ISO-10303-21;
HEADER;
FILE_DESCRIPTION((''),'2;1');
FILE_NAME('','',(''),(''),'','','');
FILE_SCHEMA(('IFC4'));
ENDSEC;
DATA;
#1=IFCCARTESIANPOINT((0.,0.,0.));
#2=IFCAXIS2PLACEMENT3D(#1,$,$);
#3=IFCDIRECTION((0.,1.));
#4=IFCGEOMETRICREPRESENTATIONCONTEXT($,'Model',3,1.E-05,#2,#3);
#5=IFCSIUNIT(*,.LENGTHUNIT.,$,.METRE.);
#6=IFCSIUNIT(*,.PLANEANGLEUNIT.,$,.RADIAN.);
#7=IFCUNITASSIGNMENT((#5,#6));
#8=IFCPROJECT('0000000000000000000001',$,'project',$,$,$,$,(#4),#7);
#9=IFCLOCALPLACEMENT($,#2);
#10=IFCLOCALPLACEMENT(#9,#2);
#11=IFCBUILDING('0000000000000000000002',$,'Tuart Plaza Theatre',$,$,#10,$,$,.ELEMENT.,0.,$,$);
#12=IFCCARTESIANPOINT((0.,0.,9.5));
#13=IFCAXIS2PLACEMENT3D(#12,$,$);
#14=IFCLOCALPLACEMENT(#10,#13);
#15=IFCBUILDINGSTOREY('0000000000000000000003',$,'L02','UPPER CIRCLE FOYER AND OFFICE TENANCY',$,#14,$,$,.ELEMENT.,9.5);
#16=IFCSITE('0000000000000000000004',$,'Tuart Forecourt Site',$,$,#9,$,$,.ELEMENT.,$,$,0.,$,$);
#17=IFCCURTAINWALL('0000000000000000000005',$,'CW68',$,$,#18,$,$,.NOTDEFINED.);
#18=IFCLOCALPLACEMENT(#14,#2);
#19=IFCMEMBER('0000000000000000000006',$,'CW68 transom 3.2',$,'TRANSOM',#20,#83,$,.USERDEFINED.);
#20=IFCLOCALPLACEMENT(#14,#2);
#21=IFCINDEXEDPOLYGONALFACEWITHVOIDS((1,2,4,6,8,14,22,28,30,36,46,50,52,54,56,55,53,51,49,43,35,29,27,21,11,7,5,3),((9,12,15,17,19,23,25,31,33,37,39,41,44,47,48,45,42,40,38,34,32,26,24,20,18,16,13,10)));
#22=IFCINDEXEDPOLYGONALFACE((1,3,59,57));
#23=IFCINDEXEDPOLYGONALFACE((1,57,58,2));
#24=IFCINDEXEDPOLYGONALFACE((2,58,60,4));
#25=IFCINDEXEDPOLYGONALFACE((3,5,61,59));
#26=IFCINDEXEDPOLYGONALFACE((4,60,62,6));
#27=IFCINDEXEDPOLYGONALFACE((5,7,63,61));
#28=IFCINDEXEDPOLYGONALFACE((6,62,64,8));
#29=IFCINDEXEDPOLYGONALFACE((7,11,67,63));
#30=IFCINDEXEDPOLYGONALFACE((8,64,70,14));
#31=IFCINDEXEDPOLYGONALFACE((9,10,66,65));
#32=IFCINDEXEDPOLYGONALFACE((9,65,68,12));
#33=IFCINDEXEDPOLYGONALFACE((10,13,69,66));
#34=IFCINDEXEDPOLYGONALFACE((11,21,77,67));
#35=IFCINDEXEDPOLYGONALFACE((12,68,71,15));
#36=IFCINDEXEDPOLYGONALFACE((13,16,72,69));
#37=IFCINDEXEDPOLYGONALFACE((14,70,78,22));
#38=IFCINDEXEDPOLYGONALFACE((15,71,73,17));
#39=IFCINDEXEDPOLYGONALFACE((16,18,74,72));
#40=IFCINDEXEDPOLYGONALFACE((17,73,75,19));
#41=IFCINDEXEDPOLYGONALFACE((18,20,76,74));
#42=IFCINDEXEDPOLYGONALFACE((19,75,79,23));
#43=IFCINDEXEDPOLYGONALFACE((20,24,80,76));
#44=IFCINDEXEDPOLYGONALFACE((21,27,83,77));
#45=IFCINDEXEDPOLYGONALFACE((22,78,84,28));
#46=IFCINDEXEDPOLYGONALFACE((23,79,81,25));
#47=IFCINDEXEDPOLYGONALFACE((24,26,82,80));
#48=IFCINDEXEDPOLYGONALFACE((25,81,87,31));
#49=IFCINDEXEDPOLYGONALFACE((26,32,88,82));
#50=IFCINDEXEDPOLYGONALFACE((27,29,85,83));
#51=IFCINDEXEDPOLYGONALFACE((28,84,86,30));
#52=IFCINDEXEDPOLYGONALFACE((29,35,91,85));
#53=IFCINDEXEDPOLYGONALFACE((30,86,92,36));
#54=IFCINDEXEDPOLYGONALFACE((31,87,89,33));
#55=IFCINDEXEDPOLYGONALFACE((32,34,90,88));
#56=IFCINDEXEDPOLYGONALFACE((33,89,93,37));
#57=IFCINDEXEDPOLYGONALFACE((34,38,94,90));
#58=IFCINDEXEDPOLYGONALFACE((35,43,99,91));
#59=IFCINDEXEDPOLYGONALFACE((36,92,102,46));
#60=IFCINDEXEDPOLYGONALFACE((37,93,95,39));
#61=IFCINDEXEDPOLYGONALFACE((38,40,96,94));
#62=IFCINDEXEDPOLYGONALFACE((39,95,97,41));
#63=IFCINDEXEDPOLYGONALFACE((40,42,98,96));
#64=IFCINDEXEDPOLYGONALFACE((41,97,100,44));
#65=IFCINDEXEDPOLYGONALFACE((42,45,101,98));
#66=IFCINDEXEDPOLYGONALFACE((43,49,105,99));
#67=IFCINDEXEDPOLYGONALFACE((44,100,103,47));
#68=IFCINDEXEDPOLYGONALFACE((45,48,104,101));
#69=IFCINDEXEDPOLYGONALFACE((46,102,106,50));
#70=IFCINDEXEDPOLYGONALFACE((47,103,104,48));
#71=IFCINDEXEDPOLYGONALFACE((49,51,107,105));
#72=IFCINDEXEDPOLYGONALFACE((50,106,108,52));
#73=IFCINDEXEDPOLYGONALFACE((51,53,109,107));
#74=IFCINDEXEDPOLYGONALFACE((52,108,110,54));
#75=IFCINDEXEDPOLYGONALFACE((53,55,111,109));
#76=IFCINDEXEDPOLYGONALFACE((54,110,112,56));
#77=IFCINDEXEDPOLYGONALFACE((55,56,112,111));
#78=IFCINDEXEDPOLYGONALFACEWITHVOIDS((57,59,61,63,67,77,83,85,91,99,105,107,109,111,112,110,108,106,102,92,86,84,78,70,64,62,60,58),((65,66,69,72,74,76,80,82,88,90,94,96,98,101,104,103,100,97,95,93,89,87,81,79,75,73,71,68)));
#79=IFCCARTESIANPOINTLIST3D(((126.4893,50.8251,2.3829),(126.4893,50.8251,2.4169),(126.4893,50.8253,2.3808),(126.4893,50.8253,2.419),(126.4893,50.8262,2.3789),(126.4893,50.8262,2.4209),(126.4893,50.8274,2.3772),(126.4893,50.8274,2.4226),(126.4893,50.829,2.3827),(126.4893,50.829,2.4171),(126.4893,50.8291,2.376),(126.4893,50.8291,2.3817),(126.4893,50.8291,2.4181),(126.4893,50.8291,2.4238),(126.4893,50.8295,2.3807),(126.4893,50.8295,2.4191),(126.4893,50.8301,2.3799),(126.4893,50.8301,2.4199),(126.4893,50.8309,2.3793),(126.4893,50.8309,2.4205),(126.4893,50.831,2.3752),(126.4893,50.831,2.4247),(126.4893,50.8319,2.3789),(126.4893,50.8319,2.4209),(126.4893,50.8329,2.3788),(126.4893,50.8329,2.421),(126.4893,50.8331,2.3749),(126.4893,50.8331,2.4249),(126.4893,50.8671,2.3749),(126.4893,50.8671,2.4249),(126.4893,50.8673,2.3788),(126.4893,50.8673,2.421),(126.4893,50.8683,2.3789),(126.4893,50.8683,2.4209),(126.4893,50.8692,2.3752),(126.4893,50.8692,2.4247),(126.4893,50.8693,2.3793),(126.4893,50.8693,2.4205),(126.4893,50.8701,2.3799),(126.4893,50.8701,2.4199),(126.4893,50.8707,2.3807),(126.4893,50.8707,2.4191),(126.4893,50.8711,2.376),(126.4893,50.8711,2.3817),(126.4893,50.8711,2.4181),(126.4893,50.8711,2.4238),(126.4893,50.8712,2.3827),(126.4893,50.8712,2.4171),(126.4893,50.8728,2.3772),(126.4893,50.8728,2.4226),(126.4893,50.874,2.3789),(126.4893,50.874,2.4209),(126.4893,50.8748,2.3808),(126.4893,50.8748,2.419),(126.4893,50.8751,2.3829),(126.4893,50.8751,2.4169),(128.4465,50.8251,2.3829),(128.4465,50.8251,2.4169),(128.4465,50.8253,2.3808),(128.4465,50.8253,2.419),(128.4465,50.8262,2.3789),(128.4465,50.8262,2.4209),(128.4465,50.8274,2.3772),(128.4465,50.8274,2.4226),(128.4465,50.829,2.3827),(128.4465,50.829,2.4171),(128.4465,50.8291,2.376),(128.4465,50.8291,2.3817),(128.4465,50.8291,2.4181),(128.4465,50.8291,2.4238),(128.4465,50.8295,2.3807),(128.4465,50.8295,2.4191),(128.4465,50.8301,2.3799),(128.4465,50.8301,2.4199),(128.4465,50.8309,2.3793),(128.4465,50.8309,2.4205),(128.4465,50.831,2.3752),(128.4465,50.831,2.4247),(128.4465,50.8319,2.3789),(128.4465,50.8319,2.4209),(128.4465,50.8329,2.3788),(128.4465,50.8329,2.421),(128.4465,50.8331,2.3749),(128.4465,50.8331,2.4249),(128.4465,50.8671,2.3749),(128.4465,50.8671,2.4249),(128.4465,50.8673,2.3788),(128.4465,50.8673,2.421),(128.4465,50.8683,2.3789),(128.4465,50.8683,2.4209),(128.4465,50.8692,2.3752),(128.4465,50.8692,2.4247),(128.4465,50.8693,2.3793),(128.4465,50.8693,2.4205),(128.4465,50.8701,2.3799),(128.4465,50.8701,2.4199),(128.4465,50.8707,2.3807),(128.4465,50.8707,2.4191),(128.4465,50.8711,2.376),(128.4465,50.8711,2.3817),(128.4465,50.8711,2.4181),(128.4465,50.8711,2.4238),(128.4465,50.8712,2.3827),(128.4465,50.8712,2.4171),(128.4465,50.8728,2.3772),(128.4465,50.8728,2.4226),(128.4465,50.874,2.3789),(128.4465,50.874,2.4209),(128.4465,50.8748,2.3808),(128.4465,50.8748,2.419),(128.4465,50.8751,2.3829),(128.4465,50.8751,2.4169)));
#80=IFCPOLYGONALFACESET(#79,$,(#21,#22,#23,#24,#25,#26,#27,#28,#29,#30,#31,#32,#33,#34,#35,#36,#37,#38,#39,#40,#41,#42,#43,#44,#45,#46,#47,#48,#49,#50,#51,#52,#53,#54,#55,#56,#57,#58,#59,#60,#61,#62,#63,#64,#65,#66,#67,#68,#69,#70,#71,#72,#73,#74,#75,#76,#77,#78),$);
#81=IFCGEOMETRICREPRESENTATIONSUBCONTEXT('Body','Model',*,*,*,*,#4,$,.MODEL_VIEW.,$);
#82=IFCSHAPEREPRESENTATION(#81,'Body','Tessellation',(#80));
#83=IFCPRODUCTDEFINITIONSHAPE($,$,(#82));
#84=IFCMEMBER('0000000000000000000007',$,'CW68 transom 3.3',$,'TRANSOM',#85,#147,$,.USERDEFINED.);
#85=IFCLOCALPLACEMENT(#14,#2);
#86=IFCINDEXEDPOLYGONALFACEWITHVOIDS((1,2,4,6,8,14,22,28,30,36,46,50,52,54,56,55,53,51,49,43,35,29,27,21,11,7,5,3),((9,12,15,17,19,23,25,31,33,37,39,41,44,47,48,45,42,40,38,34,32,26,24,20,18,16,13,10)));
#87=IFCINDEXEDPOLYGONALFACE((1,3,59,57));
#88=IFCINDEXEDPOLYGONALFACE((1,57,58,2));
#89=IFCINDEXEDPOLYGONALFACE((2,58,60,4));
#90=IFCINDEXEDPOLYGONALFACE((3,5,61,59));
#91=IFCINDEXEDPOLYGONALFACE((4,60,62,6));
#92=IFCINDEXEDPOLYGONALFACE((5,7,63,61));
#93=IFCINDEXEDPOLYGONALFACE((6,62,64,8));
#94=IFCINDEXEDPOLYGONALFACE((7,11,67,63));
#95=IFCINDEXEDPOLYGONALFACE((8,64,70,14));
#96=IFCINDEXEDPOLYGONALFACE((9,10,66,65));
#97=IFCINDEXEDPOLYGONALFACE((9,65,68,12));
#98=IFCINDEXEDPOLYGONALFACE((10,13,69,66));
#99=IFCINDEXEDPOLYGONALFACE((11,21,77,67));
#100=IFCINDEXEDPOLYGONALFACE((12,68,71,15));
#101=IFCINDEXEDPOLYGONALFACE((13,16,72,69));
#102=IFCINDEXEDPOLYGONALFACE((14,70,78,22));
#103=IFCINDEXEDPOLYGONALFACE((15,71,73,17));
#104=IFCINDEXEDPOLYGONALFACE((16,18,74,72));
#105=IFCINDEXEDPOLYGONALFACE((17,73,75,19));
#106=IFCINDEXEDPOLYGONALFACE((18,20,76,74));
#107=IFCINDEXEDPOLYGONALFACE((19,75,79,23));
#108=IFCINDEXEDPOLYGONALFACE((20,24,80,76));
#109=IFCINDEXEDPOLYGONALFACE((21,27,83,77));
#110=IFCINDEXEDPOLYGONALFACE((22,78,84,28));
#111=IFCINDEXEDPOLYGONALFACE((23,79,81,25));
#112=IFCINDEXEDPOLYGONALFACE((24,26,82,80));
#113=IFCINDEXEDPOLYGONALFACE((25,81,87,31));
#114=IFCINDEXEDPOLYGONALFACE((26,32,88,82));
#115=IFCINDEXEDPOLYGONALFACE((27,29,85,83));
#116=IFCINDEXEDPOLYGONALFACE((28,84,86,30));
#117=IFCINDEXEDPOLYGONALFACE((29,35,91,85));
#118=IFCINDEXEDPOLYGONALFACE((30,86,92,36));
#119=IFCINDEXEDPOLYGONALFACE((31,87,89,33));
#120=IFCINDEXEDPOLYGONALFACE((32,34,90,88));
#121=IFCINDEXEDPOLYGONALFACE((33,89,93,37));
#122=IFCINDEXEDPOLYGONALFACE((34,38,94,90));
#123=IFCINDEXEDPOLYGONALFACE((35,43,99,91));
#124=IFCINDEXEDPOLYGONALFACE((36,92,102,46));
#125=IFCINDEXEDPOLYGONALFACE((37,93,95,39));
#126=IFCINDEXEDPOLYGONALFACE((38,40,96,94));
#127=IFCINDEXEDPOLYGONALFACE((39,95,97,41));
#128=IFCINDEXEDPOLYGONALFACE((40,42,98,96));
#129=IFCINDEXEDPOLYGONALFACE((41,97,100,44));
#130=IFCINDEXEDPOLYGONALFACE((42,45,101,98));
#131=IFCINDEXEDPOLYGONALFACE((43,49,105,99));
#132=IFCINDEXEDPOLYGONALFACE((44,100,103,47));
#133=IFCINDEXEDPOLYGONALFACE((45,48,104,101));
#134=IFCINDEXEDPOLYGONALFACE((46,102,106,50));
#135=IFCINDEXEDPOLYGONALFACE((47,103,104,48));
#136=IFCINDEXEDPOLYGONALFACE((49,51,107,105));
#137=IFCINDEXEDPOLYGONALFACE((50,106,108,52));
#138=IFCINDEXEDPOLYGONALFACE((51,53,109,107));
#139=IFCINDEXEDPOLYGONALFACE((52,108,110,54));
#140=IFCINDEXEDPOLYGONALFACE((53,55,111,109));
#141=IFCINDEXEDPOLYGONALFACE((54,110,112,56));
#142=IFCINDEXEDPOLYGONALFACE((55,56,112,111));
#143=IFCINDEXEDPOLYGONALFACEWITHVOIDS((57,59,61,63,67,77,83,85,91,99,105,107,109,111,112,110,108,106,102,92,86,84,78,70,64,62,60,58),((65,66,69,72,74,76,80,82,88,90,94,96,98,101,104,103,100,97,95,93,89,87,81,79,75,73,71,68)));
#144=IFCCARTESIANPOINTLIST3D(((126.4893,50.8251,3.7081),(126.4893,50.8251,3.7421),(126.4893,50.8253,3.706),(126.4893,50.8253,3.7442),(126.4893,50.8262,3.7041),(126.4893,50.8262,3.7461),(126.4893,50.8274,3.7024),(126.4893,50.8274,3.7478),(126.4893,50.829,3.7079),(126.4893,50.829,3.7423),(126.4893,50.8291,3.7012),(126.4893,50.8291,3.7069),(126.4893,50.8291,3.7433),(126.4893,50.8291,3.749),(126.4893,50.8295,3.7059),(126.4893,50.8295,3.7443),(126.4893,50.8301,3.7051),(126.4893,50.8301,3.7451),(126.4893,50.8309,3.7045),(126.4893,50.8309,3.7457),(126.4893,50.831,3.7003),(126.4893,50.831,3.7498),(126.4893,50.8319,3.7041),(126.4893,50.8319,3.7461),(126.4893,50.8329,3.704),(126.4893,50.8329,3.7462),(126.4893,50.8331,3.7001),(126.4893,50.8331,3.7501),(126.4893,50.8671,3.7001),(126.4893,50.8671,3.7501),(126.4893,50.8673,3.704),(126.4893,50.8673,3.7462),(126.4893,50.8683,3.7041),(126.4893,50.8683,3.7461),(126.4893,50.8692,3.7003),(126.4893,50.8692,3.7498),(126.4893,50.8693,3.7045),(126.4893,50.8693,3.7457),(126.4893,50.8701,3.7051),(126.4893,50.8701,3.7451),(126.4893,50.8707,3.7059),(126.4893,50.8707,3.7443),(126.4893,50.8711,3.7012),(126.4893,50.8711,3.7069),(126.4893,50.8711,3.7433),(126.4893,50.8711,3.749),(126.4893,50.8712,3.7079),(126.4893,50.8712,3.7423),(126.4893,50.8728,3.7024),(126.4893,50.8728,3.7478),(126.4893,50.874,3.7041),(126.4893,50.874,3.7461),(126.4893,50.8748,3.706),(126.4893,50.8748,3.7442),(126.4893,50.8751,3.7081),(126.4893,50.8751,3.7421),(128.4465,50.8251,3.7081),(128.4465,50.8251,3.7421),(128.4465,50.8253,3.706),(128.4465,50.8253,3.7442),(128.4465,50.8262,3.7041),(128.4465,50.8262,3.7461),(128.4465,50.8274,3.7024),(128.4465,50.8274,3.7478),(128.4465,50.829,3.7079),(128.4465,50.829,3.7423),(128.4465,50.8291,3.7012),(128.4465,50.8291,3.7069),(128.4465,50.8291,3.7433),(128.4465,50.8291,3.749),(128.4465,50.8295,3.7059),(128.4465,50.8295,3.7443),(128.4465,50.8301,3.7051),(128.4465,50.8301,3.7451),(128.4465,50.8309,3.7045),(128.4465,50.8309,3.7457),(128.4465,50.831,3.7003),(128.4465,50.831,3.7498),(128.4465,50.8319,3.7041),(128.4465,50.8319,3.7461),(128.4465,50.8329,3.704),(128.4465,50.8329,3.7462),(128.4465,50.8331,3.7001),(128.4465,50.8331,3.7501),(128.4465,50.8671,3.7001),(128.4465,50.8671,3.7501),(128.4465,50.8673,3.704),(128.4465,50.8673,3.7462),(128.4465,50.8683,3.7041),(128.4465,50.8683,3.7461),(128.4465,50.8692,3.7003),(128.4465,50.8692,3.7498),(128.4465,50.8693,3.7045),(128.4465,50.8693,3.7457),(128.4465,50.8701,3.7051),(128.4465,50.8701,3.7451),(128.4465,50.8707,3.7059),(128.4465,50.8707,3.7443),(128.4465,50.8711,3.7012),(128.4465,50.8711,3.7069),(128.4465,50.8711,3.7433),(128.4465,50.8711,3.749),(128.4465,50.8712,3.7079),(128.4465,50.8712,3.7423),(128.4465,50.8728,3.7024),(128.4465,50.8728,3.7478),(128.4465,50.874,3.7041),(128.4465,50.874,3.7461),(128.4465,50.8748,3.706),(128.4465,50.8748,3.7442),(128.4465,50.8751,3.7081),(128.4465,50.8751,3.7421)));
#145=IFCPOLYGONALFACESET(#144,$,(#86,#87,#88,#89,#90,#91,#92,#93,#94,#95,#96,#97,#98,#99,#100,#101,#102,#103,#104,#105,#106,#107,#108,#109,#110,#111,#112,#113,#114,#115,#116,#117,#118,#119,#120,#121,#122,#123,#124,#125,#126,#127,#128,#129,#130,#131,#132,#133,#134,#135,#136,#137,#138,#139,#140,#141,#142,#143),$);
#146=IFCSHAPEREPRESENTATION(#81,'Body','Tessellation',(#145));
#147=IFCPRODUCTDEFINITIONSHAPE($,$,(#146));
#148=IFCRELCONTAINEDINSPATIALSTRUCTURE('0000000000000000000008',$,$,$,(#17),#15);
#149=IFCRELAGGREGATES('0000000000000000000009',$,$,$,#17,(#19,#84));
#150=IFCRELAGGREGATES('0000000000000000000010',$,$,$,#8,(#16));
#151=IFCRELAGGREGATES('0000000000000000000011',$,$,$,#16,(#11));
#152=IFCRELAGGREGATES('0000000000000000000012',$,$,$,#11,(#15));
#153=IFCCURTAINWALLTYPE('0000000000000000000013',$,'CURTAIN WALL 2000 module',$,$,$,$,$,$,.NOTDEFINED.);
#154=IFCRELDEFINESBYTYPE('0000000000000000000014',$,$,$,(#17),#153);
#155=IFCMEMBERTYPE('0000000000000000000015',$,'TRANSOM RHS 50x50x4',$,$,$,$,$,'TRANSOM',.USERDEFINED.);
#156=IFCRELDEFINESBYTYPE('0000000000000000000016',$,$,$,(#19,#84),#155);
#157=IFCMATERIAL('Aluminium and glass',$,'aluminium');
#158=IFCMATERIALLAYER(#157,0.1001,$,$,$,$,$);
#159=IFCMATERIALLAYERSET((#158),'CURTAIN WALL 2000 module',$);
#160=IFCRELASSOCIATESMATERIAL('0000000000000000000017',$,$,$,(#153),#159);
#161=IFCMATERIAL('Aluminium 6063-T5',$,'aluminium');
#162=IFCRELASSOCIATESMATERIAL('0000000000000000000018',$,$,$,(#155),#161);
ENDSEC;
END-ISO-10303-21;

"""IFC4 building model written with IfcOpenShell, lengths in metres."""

from ifc_helpers import new_model, si_unit, direction, frame, origin, origin_2d, place, context, subcontext, project, spatial, hollow_rectangle, extrude, material, layer, layer_set, material_profile, profile_set, type_object, element, aggregate, save


model = new_model("IFC4")

# Units and contexts
model_context = context("Model", 3, precision=1e-05, world=origin(), true_north=direction((0.0, 1.0)))
body_context = subcontext(model_context, "Body", "Model", "MODEL_VIEW")
ifc_project = project(units=[si_unit("LENGTHUNIT", "METRE"), si_unit("PLANEANGLEUNIT", "RADIAN")], contexts=[model_context])

# Site, building, storey
site_placement = place(None, origin())
site = spatial("IfcSite", under=ifc_project, at=site_placement, Name="Tuart Forecourt Site", CompositionType="ELEMENT", RefElevation=0.0)
building_placement = place(site_placement, origin())
building = spatial("IfcBuilding", under=site, at=building_placement, Name="Tuart Plaza Theatre", CompositionType="ELEMENT", ElevationOfRefHeight=0.0)
storey_placement = place(building_placement, frame((0.0, 0.0, 9.5)))
storey = spatial("IfcBuildingStorey", under=building, at=storey_placement, Name="L02", Description="UPPER CIRCLE FOYER AND OFFICE TENANCY", CompositionType="ELEMENT", Elevation=9.5)

# Curtain wall, members
ifc_material_1 = material(Name="Aluminium and glass", Category="aluminium")
ifc_layer_1 = layer(ifc_material_1, 0.1001)
ifc_layer_set_1 = layer_set([ifc_layer_1], Name="CURTAIN WALL 2000 module")
curtain_wall_type = type_object("IfcCurtainWallType", Name="CURTAIN WALL 2000 module", PredefinedType="NOTDEFINED", material=ifc_layer_set_1)
curtain_wall_placement = place(storey_placement, origin())
curtain_wall = element("IfcCurtainWall", 1, at=curtain_wall_placement, inside=storey, type_object=curtain_wall_type, Name="CW68", PredefinedType="NOTDEFINED")
ifc_material_2 = material(Name="Aluminium 6063-T5", Category="aluminium")
ifc_material_profile_1 = material_profile(ifc_material_2, hollow_rectangle(XDim=0.05, YDim=0.05, WallThickness=0.0039, InnerFilletRadius=0.0039, OuterFilletRadius=0.0081, at=origin_2d()), Name="RHS 50x50x4")
ifc_profile_set_1 = profile_set([ifc_material_profile_1], Name="Aluminium 6063-T5")
member_type_1 = type_object("IfcMemberType", Name="TRANSOM RHS 50x50x4", ElementType="TRANSOM", PredefinedType="USERDEFINED", material=ifc_profile_set_1)
member_1_placement = place(storey_placement, frame((126.4893, 50.8501, 2.3999), z_axis=(1.0, 0.0, 0.0), x_axis=(0.0, 1.0, 0.0)))
member_1 = element("IfcMember", 2, at=member_1_placement, type_object=member_type_1, Name="CW68 transom 3.2", ObjectType="TRANSOM", PredefinedType="USERDEFINED", context=body_context, shape_type="SweptSolid", body=[
    extrude(hollow_rectangle(XDim=0.05, YDim=0.05, WallThickness=0.0039, InnerFilletRadius=0.0039, OuterFilletRadius=0.0081, at=origin_2d()), origin(), (0.0, 0.0, 1.0), 1.9573),
])
member_2_placement = place(storey_placement, frame((126.4893, 50.8501, 3.7251), z_axis=(1.0, 0.0, 0.0), x_axis=(0.0, 1.0, 0.0)))
member_2 = element("IfcMember", 3, at=member_2_placement, type_object=member_type_1, Name="CW68 transom 3.3", ObjectType="TRANSOM", PredefinedType="USERDEFINED", context=body_context, shape_type="SweptSolid", body=[
    extrude(hollow_rectangle(XDim=0.05, YDim=0.05, WallThickness=0.0039, InnerFilletRadius=0.0039, OuterFilletRadius=0.0081, at=origin_2d()), origin(), (0.0, 0.0, 1.0), 1.9573),
])
aggregate(curtain_wall, [member_1, member_2])

save(model, "model.ifc")
